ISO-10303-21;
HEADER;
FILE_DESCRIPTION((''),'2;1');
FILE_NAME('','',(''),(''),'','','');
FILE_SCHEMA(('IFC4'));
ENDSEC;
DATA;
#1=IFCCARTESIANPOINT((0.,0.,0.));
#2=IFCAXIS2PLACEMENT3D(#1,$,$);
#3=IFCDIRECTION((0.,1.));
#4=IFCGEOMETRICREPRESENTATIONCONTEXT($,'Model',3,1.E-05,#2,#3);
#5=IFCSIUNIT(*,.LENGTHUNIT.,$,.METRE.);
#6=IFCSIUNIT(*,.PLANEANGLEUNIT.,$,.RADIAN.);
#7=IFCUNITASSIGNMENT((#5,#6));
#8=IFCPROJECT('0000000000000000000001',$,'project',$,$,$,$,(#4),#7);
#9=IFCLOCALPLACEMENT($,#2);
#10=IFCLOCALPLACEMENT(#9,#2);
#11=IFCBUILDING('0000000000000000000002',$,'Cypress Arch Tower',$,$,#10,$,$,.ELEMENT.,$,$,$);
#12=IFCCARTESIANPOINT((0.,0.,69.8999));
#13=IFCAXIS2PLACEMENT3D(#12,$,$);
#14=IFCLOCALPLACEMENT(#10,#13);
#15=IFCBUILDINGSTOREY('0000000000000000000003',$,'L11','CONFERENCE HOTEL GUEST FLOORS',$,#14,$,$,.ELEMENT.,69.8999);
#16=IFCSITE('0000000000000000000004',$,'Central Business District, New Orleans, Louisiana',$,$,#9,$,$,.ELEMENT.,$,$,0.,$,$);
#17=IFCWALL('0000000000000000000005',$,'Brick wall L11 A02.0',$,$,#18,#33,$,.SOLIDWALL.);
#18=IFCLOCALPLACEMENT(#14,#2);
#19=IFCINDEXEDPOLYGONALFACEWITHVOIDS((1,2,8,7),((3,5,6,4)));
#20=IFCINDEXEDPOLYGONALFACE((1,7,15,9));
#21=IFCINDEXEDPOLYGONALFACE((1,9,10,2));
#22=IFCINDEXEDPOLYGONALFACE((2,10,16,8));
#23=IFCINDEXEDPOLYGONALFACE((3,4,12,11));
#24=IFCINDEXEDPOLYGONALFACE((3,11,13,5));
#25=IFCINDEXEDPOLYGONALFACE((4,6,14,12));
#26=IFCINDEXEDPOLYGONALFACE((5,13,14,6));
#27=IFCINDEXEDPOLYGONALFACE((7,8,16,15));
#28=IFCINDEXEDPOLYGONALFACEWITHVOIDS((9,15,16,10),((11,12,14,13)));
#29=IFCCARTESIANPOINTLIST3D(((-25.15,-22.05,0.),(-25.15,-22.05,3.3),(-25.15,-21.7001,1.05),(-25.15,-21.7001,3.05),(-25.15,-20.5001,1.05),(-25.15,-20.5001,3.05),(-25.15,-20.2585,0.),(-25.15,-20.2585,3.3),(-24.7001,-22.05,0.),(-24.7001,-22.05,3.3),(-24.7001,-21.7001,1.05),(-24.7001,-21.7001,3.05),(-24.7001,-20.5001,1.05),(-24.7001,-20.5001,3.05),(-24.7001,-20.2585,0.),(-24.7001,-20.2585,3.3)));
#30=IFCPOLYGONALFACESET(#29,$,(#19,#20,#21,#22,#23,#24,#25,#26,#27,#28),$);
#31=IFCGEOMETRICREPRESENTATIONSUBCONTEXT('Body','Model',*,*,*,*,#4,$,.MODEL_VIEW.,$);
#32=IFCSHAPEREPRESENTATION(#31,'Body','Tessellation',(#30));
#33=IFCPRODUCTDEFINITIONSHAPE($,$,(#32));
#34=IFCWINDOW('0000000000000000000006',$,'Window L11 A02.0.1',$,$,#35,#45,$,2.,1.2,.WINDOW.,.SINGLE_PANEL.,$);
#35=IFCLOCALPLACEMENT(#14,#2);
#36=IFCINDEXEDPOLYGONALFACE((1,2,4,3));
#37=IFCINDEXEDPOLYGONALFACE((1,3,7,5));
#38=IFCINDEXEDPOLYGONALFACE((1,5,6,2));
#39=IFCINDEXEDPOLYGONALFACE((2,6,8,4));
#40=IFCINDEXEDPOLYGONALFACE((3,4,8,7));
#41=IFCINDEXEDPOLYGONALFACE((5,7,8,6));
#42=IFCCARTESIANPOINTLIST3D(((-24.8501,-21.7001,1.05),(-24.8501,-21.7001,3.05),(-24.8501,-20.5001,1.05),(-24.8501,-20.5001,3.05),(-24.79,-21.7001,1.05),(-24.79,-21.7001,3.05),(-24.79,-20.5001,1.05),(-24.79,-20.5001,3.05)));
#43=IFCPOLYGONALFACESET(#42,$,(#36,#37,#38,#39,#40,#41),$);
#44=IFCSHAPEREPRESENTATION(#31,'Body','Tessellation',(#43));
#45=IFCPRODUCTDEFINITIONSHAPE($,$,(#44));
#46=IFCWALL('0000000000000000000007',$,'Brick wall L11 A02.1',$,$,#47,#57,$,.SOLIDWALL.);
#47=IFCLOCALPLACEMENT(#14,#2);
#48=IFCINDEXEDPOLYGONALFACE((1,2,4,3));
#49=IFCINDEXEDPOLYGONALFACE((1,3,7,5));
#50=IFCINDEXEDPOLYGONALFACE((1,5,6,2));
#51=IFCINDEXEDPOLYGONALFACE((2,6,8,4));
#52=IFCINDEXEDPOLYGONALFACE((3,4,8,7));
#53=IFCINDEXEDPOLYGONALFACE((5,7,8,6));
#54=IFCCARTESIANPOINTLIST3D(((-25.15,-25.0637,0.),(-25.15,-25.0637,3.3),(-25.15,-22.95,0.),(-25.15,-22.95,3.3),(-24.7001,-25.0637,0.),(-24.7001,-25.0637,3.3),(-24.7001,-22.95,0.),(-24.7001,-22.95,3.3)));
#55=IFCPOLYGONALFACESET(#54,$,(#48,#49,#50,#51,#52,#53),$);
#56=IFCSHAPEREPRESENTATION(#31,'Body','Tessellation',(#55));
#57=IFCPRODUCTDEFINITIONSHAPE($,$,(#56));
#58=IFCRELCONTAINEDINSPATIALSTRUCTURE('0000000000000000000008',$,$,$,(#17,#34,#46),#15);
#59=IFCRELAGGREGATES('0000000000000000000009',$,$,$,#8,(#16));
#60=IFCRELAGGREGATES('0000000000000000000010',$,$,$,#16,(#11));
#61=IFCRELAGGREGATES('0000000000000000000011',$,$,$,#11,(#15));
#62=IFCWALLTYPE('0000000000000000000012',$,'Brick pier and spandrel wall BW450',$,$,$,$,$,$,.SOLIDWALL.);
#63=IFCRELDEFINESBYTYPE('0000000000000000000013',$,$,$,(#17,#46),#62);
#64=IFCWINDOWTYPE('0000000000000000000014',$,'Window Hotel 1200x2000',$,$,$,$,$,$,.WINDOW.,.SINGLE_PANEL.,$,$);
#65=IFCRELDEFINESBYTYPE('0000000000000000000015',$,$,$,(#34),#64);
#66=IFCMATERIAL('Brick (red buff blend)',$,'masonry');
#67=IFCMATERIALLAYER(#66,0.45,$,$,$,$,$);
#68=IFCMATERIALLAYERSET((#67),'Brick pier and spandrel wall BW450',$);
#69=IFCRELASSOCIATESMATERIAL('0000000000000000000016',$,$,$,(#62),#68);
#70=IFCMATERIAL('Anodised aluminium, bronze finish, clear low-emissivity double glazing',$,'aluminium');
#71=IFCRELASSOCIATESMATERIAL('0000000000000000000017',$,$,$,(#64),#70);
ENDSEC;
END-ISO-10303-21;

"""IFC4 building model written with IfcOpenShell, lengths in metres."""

from ifc_helpers import new_model, si_unit, direction, frame, frame_2d, origin, place, context, subcontext, project, spatial, rectangle, extrude, material, layer, layer_set, type_object, element, fill, save


model = new_model("IFC4")

# Units and contexts
model_context = context("Model", 3, precision=1e-05, world=origin(), true_north=direction((0.0, 1.0)))
body_context = subcontext(model_context, "Body", "Model", "MODEL_VIEW")
ifc_project = project(units=[si_unit("LENGTHUNIT", "METRE"), si_unit("PLANEANGLEUNIT", "RADIAN")], contexts=[model_context])

# Site, building, storey
site_placement = place(None, origin())
site = spatial("IfcSite", under=ifc_project, at=site_placement, Name="Central Business District, New Orleans, Louisiana", CompositionType="ELEMENT", RefElevation=0.0)
building_placement = place(site_placement, origin())
building = spatial("IfcBuilding", under=site, at=building_placement, Name="Cypress Arch Tower", CompositionType="ELEMENT")
storey_placement = place(building_placement, frame((0.0, 0.0, 69.8999)))
storey = spatial("IfcBuildingStorey", under=building, at=storey_placement, Name="L11", Description="CONFERENCE HOTEL GUEST FLOORS", CompositionType="ELEMENT", Elevation=69.8999)

# Wall, opening, window
ifc_material_1 = material(Name="Brick (red buff blend)", Category="masonry")
ifc_layer_1 = layer(ifc_material_1, 0.45)
ifc_layer_set_1 = layer_set([ifc_layer_1], Name="Brick pier and spandrel wall BW450")
wall_type_1 = type_object("IfcWallType", Name="Brick pier and spandrel wall BW450", PredefinedType="SOLIDWALL", material=ifc_layer_set_1)
wall_1_placement = place(storey_placement, frame((-24.925, -20.2585, 0.0), z_axis=(0.0, 0.0, 1.0), x_axis=(0.0, -1.0, 0.0)))
wall_1 = element("IfcWall", 1, at=wall_1_placement, inside=storey, type_object=wall_type_1, Name="Brick wall L11 A02.0", PredefinedType="SOLIDWALL", context=body_context, shape_type="SweptSolid", body=[
    extrude(rectangle(XDim=1.7915, YDim=0.45, at=frame_2d((0.8958, 0.0))), origin(), (0.0, 0.0, 1.0), 3.3),
])
opening_1_placement = place(wall_1_placement, frame((0.2415, 0.0, 1.05)))
opening_1 = element("IfcOpeningElement", 2, at=opening_1_placement, cuts=wall_1, PredefinedType="OPENING", context=body_context, shape_type="SweptSolid", body=[
    extrude(rectangle(XDim=1.2, YDim=2.0, at=frame_2d((0.6001, 1.0))), frame((0.0, 0.2349, 0.0), z_axis=(0.0, -1.0, 0.0), x_axis=(1.0, 0.0, 0.0)), (0.0, 0.0, 1.0), 0.47),
])
ifc_material_2 = material(Name="Anodised aluminium, bronze finish, clear low-emissivity double glazing", Category="aluminium")
window_type_1 = type_object("IfcWindowType", Name="Window Hotel 1200x2000", PartitioningType="SINGLE_PANEL", PredefinedType="WINDOW", material=ifc_material_2)
window_1_placement = place(opening_1_placement, origin())
window_1 = element("IfcWindow", 3, at=window_1_placement, inside=storey, type_object=window_type_1, Name="Window L11 A02.0.1", OverallHeight=2.0, OverallWidth=1.2, PartitioningType="SINGLE_PANEL", PredefinedType="WINDOW", context=body_context, shape_type="SweptSolid", body=[
    extrude(rectangle(XDim=1.2, YDim=2.0, at=frame_2d((0.6001, 1.0))), frame((0.0, 0.135, 0.0), z_axis=(0.0, -1.0, 0.0), x_axis=(1.0, 0.0, 0.0)), (0.0, 0.0, 1.0), 0.0601),
])
fill(opening_1, window_1)

# Wall
wall_2_placement = place(storey_placement, frame((-24.925, -22.95, 0.0), z_axis=(0.0, 0.0, 1.0), x_axis=(0.0, -1.0, 0.0)))
element("IfcWall", 4, at=wall_2_placement, inside=storey, type_object=wall_type_1, Name="Brick wall L11 A02.1", PredefinedType="SOLIDWALL", context=body_context, shape_type="SweptSolid", body=[
    extrude(rectangle(XDim=2.1138, YDim=0.45, at=frame_2d((1.0569, 0.0))), origin(), (0.0, 0.0, 1.0), 3.3),
])

save(model, "model.ifc")
